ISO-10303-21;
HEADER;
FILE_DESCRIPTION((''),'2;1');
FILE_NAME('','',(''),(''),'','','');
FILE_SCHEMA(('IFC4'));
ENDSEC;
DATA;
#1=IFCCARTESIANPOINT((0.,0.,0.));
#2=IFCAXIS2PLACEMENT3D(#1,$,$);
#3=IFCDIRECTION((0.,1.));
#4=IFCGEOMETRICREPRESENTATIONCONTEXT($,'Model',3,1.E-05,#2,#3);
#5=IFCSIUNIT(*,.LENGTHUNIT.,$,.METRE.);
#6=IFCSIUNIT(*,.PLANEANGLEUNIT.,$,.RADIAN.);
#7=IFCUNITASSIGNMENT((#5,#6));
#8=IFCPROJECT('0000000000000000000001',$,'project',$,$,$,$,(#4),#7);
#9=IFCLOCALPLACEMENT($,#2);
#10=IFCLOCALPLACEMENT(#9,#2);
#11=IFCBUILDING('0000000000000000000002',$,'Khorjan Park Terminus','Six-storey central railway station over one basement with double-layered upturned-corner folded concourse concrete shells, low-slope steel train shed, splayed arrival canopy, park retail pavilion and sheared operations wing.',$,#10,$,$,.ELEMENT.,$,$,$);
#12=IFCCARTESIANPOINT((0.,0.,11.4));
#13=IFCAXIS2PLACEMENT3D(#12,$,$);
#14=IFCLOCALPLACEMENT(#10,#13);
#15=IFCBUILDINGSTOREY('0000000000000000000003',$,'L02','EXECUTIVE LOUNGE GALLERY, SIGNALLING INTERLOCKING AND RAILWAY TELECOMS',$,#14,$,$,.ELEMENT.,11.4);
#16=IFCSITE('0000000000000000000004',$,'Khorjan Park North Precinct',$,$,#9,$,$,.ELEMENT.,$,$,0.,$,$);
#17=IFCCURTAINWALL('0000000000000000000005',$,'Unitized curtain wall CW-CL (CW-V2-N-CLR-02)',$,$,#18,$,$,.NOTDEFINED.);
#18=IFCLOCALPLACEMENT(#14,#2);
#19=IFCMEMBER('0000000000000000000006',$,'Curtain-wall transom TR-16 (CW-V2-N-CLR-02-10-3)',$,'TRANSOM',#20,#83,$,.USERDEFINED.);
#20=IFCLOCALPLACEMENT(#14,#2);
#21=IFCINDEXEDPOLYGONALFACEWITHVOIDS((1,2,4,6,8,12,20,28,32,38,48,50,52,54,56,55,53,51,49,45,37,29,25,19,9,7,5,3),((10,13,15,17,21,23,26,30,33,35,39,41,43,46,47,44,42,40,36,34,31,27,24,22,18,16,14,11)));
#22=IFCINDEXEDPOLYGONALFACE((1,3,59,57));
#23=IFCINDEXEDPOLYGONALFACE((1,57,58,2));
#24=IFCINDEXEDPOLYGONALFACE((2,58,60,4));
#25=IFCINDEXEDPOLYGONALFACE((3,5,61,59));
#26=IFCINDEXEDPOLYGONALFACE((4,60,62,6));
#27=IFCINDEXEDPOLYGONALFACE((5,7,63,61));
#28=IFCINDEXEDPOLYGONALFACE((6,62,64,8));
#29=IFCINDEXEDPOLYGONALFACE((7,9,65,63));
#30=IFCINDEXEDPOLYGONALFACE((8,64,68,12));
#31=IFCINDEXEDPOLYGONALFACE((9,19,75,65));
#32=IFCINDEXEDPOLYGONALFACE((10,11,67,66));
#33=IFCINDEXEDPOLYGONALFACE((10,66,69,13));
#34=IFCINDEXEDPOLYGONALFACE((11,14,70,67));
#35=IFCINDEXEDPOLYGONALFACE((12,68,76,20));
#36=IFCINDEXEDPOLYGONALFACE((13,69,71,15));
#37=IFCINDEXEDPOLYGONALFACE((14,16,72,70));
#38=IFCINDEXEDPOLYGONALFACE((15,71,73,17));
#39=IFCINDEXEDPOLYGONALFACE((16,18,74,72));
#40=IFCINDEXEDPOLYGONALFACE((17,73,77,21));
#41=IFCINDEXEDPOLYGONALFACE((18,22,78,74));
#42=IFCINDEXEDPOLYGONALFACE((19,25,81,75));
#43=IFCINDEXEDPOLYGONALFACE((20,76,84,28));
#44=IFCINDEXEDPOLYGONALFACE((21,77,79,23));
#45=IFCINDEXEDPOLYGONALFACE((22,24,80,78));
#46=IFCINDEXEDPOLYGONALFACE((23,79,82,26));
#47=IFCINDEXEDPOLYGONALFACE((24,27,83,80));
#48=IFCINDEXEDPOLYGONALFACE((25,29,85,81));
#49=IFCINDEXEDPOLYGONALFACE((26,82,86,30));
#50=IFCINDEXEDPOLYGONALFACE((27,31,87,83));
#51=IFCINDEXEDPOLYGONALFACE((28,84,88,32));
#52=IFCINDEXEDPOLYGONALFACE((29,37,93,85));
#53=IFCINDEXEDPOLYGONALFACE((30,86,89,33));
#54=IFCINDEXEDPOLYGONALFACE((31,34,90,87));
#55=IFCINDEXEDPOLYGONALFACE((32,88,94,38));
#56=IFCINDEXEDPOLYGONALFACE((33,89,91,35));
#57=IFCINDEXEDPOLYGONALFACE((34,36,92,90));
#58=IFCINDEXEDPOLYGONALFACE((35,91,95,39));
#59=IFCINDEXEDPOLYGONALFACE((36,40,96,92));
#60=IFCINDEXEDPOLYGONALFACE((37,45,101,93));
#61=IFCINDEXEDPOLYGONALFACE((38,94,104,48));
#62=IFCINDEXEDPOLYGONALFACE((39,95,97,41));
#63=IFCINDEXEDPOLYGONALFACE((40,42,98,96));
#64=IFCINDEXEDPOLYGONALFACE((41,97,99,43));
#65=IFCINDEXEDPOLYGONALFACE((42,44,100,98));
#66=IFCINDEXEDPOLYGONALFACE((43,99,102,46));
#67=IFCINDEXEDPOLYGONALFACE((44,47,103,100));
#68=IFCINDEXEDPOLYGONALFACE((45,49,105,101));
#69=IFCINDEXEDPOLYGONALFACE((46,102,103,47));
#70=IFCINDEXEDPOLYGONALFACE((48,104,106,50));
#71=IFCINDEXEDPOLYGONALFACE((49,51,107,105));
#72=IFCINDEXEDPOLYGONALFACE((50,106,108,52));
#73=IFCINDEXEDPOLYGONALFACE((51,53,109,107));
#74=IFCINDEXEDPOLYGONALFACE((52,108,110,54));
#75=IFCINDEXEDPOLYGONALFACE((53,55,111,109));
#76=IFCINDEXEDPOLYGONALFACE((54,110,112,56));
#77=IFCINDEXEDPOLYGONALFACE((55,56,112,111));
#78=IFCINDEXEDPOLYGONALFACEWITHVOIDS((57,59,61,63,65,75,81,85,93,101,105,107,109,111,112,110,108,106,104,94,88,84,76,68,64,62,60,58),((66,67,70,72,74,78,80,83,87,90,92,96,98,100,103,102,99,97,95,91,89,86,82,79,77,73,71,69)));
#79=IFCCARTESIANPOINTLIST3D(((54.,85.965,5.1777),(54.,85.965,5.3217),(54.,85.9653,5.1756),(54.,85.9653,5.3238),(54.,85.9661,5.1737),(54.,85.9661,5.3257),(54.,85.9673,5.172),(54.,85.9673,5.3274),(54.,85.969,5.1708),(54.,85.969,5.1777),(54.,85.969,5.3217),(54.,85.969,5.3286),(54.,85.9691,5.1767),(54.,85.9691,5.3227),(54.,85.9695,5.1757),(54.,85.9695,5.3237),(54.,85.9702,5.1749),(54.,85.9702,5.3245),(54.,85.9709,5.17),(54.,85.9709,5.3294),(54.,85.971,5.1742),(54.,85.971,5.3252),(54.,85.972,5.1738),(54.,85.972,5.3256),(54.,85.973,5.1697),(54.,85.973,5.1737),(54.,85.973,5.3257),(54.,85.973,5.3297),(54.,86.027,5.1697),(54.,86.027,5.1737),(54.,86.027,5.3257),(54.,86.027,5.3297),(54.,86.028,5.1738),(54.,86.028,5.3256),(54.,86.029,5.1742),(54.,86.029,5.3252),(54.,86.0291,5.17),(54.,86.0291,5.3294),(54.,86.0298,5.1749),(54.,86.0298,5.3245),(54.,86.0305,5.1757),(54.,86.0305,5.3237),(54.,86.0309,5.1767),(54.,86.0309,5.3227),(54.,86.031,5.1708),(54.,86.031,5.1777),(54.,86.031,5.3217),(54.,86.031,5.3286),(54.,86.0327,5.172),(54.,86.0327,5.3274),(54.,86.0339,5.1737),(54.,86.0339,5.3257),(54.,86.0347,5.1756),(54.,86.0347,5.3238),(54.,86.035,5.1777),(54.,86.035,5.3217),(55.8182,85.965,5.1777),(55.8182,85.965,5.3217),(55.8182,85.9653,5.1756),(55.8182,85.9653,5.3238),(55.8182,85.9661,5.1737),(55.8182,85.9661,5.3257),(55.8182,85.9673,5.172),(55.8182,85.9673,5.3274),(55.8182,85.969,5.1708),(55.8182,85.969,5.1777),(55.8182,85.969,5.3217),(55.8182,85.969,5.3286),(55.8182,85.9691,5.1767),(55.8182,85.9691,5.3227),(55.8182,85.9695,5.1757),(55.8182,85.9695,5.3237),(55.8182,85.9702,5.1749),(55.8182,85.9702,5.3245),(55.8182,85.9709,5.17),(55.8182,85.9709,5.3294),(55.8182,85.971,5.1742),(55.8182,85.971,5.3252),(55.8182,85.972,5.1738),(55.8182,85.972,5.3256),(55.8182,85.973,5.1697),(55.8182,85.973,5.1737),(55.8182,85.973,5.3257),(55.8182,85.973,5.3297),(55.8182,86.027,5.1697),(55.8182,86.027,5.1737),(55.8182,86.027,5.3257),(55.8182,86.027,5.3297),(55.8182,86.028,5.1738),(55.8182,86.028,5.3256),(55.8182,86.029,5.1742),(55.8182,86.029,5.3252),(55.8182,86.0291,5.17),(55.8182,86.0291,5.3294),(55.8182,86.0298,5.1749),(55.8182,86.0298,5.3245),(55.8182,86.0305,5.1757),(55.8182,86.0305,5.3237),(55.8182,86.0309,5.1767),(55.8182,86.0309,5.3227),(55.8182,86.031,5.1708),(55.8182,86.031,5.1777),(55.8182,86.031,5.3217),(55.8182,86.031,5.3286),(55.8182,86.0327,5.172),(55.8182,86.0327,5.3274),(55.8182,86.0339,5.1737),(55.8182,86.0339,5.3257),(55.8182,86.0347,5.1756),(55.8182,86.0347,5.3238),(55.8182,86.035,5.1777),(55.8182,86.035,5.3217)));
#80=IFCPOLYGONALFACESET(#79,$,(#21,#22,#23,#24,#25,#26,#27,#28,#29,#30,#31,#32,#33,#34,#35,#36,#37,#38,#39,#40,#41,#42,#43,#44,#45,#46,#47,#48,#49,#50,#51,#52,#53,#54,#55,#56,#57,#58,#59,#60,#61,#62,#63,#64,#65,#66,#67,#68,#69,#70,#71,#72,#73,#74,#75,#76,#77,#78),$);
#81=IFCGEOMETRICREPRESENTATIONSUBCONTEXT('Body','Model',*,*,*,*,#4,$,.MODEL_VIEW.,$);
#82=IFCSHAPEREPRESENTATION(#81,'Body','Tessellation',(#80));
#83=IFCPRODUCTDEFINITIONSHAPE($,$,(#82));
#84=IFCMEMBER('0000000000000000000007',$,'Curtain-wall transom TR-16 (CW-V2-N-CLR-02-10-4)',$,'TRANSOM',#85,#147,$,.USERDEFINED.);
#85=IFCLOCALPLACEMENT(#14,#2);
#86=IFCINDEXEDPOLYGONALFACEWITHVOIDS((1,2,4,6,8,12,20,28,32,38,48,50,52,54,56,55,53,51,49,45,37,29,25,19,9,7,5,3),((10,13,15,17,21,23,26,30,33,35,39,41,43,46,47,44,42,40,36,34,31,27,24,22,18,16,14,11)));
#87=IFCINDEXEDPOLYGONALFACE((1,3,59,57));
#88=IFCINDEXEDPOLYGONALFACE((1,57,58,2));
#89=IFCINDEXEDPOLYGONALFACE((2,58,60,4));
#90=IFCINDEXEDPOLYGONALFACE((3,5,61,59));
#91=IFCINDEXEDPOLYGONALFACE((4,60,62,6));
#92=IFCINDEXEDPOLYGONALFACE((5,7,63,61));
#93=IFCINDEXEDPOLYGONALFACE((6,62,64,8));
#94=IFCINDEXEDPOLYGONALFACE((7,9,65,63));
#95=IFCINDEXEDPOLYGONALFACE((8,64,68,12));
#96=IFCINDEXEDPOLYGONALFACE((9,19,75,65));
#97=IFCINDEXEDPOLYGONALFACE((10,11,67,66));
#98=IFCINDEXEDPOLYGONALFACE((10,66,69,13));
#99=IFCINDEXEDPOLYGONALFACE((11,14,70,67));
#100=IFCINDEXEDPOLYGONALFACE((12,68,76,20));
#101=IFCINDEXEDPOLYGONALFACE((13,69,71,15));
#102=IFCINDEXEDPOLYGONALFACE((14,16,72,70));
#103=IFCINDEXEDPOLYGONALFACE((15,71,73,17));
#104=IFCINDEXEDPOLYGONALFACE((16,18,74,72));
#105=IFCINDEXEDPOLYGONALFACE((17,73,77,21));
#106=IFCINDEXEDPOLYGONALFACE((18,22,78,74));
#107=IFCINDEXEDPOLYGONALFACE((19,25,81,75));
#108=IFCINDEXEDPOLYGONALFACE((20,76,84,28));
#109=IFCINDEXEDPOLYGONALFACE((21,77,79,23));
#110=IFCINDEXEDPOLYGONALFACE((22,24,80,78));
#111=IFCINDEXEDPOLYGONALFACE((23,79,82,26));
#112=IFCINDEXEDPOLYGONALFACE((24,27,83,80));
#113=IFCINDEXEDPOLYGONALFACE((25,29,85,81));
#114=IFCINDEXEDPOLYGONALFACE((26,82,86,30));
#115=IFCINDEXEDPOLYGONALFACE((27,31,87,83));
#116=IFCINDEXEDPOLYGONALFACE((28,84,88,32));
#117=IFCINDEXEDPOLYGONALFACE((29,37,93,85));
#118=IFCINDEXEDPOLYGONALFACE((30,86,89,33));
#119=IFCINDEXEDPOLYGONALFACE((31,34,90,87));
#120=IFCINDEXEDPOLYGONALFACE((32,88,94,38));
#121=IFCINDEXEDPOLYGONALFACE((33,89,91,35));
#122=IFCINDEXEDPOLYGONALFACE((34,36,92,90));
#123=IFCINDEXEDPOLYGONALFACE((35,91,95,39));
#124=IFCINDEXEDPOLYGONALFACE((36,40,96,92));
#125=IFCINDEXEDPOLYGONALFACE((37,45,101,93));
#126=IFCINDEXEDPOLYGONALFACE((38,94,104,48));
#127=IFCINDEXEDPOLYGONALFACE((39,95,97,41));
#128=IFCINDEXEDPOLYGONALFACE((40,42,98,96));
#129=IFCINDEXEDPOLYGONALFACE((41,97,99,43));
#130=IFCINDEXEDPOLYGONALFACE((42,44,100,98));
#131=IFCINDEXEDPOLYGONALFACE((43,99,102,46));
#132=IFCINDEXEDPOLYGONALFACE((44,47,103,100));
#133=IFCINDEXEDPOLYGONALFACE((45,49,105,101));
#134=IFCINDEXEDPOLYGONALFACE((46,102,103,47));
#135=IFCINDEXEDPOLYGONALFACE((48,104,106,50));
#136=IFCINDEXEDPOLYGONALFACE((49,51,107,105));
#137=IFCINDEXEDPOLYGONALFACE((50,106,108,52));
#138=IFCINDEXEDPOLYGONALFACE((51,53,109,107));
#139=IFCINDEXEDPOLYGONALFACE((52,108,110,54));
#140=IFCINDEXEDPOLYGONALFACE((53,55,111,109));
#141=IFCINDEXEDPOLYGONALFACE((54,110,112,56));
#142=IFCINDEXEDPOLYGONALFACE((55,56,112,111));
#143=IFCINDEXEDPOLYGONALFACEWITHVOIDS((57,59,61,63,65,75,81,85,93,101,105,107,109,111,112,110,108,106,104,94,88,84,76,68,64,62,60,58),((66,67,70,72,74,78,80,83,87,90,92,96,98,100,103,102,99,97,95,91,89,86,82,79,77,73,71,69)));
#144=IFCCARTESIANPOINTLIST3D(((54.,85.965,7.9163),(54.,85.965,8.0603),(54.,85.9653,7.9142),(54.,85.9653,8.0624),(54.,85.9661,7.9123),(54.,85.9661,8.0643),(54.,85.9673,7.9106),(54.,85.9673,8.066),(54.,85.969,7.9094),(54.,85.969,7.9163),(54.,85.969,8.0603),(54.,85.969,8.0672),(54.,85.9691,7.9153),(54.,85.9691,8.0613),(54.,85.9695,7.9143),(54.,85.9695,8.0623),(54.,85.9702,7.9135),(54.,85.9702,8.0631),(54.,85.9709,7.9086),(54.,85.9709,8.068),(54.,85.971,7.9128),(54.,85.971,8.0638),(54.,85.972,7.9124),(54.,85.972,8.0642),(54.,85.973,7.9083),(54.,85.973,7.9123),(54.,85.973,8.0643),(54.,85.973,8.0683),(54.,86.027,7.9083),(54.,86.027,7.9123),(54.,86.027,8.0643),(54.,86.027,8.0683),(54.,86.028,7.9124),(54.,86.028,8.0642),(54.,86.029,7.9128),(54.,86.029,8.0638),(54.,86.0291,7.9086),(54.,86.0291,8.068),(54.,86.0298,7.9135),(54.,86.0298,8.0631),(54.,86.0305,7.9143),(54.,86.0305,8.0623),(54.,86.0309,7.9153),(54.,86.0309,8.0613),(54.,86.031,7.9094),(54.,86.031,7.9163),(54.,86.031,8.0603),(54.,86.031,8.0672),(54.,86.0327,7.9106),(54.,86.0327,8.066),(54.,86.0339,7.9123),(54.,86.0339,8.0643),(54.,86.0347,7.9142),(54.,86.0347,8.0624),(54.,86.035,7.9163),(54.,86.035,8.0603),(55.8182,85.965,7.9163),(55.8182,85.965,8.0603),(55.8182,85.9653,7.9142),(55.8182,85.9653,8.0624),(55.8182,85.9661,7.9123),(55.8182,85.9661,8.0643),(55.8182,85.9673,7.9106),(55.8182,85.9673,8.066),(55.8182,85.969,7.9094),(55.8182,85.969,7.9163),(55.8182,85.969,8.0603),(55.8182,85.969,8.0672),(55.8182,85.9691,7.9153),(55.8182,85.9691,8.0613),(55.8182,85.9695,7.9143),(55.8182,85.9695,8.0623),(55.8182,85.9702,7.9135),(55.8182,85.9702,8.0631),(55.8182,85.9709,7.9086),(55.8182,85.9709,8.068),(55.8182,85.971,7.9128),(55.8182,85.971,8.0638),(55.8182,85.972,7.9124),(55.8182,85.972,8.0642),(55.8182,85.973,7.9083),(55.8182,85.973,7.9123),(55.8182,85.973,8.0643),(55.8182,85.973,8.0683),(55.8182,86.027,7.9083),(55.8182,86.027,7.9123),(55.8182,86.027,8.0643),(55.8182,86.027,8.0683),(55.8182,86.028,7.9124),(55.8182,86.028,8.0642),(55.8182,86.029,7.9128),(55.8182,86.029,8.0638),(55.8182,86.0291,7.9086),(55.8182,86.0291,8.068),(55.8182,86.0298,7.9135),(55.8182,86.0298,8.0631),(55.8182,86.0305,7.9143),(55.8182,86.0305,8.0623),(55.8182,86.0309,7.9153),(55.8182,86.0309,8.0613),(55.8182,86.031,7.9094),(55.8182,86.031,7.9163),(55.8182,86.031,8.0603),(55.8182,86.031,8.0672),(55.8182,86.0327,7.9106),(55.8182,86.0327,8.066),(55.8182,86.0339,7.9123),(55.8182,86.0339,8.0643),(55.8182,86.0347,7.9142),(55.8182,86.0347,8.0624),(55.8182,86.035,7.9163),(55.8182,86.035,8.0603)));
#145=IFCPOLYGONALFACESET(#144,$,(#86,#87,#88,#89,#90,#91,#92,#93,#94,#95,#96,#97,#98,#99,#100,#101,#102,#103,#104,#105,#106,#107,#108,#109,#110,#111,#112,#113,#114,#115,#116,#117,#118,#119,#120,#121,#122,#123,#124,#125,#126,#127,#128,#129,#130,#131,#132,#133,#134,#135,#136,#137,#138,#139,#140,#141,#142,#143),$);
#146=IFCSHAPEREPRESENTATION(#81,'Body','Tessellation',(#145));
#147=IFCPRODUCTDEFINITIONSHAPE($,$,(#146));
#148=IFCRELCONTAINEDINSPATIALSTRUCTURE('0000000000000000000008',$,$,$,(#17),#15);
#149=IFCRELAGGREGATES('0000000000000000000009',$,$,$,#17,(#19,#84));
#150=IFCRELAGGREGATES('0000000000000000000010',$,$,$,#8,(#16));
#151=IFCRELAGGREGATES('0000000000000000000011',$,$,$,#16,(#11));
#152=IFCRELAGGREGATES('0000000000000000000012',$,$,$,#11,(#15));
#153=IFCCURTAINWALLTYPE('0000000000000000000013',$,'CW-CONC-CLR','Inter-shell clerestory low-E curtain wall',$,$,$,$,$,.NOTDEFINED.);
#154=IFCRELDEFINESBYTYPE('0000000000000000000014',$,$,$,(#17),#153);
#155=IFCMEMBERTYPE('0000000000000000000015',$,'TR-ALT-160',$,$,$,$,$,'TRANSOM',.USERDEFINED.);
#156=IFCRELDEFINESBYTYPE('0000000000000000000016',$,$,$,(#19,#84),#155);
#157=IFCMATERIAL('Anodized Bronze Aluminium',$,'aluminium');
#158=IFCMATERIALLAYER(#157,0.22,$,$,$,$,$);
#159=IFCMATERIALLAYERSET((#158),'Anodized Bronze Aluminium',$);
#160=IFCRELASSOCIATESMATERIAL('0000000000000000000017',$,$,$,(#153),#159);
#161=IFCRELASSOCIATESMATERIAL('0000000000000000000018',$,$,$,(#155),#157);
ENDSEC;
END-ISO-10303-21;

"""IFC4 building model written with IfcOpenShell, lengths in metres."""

from ifc_helpers import new_model, si_unit, direction, frame, origin, origin_2d, place, context, subcontext, project, spatial, hollow_rectangle, extrude, material, layer, layer_set, material_profile, profile_set, type_object, element, aggregate, save


model = new_model("IFC4")

# Units and contexts
model_context = context("Model", 3, precision=1e-05, world=origin(), true_north=direction((0.0, 1.0)))
body_context = subcontext(model_context, "Body", "Model", "MODEL_VIEW")
ifc_project = project(units=[si_unit("LENGTHUNIT", "METRE"), si_unit("PLANEANGLEUNIT", "RADIAN")], contexts=[model_context])

# Site, building, storey
site_placement = place(None, origin())
site = spatial("IfcSite", under=ifc_project, at=site_placement, Name="Khorjan Park North Precinct", CompositionType="ELEMENT", RefElevation=0.0)
building_placement = place(site_placement, origin())
building = spatial("IfcBuilding", under=site, at=building_placement, Name="Khorjan Park Terminus", Description="Six-storey central railway station over one basement with double-layered upturned-corner folded concourse concrete shells, low-slope steel train shed, splayed arrival canopy, park retail pavilion and sheared operations wing.", CompositionType="ELEMENT")
storey_placement = place(building_placement, frame((0.0, 0.0, 11.4)))
storey = spatial("IfcBuildingStorey", under=building, at=storey_placement, Name="L02", Description="EXECUTIVE LOUNGE GALLERY, SIGNALLING INTERLOCKING AND RAILWAY TELECOMS", CompositionType="ELEMENT", Elevation=11.4)

# Curtain wall, members
ifc_material_1 = material(Name="Anodized Bronze Aluminium", Category="aluminium")
ifc_layer_1 = layer(ifc_material_1, 0.22)
ifc_layer_set_1 = layer_set([ifc_layer_1], Name="Anodized Bronze Aluminium")
curtain_wall_type = type_object("IfcCurtainWallType", Name="CW-CONC-CLR", Description="Inter-shell clerestory low-E curtain wall", PredefinedType="NOTDEFINED", material=ifc_layer_set_1)
ifc_material_profile_1 = material_profile(ifc_material_1, hollow_rectangle(XDim=0.07, YDim=0.16, WallThickness=0.004, InnerFilletRadius=0.004, OuterFilletRadius=0.008, at=origin_2d()), Name="ALT 70x160x4")
ifc_profile_set_1 = profile_set([ifc_material_profile_1], Name="Anodized Bronze Aluminium")
member_type_1 = type_object("IfcMemberType", Name="TR-ALT-160", ElementType="TRANSOM", PredefinedType="USERDEFINED", material=ifc_profile_set_1)
curtain_wall_1_placement = place(storey_placement, origin())
curtain_wall_1 = element("IfcCurtainWall", 1, at=curtain_wall_1_placement, inside=storey, type_object=curtain_wall_type, Name="Unitized curtain wall CW-CL (CW-V2-N-CLR-02)", PredefinedType="NOTDEFINED")
member_1_placement = place(storey_placement, frame((55.8182, 86.0, 5.2497), z_axis=(-1.0, 0.0, 0.0), x_axis=(0.0, -1.0, 0.0)))
member_1 = element("IfcMember", 2, at=member_1_placement, type_object=member_type_1, Name="Curtain-wall transom TR-16 (CW-V2-N-CLR-02-10-3)", ObjectType="TRANSOM", PredefinedType="USERDEFINED", context=body_context, shape_type="SweptSolid", body=[
    extrude(hollow_rectangle(XDim=0.07, YDim=0.16, WallThickness=0.004, InnerFilletRadius=0.004, OuterFilletRadius=0.008, at=origin_2d()), origin(), (0.0, 0.0, 1.0), 1.8182),
])
member_2_placement = place(storey_placement, frame((55.8182, 86.0, 7.9883), z_axis=(-1.0, 0.0, 0.0), x_axis=(0.0, -1.0, 0.0)))
member_2 = element("IfcMember", 3, at=member_2_placement, type_object=member_type_1, Name="Curtain-wall transom TR-16 (CW-V2-N-CLR-02-10-4)", ObjectType="TRANSOM", PredefinedType="USERDEFINED", context=body_context, shape_type="SweptSolid", body=[
    extrude(hollow_rectangle(XDim=0.07, YDim=0.16, WallThickness=0.004, InnerFilletRadius=0.004, OuterFilletRadius=0.008, at=origin_2d()), origin(), (0.0, 0.0, 1.0), 1.8182),
])

aggregate(curtain_wall_1, [member_1, member_2])

save(model, "model.ifc")
